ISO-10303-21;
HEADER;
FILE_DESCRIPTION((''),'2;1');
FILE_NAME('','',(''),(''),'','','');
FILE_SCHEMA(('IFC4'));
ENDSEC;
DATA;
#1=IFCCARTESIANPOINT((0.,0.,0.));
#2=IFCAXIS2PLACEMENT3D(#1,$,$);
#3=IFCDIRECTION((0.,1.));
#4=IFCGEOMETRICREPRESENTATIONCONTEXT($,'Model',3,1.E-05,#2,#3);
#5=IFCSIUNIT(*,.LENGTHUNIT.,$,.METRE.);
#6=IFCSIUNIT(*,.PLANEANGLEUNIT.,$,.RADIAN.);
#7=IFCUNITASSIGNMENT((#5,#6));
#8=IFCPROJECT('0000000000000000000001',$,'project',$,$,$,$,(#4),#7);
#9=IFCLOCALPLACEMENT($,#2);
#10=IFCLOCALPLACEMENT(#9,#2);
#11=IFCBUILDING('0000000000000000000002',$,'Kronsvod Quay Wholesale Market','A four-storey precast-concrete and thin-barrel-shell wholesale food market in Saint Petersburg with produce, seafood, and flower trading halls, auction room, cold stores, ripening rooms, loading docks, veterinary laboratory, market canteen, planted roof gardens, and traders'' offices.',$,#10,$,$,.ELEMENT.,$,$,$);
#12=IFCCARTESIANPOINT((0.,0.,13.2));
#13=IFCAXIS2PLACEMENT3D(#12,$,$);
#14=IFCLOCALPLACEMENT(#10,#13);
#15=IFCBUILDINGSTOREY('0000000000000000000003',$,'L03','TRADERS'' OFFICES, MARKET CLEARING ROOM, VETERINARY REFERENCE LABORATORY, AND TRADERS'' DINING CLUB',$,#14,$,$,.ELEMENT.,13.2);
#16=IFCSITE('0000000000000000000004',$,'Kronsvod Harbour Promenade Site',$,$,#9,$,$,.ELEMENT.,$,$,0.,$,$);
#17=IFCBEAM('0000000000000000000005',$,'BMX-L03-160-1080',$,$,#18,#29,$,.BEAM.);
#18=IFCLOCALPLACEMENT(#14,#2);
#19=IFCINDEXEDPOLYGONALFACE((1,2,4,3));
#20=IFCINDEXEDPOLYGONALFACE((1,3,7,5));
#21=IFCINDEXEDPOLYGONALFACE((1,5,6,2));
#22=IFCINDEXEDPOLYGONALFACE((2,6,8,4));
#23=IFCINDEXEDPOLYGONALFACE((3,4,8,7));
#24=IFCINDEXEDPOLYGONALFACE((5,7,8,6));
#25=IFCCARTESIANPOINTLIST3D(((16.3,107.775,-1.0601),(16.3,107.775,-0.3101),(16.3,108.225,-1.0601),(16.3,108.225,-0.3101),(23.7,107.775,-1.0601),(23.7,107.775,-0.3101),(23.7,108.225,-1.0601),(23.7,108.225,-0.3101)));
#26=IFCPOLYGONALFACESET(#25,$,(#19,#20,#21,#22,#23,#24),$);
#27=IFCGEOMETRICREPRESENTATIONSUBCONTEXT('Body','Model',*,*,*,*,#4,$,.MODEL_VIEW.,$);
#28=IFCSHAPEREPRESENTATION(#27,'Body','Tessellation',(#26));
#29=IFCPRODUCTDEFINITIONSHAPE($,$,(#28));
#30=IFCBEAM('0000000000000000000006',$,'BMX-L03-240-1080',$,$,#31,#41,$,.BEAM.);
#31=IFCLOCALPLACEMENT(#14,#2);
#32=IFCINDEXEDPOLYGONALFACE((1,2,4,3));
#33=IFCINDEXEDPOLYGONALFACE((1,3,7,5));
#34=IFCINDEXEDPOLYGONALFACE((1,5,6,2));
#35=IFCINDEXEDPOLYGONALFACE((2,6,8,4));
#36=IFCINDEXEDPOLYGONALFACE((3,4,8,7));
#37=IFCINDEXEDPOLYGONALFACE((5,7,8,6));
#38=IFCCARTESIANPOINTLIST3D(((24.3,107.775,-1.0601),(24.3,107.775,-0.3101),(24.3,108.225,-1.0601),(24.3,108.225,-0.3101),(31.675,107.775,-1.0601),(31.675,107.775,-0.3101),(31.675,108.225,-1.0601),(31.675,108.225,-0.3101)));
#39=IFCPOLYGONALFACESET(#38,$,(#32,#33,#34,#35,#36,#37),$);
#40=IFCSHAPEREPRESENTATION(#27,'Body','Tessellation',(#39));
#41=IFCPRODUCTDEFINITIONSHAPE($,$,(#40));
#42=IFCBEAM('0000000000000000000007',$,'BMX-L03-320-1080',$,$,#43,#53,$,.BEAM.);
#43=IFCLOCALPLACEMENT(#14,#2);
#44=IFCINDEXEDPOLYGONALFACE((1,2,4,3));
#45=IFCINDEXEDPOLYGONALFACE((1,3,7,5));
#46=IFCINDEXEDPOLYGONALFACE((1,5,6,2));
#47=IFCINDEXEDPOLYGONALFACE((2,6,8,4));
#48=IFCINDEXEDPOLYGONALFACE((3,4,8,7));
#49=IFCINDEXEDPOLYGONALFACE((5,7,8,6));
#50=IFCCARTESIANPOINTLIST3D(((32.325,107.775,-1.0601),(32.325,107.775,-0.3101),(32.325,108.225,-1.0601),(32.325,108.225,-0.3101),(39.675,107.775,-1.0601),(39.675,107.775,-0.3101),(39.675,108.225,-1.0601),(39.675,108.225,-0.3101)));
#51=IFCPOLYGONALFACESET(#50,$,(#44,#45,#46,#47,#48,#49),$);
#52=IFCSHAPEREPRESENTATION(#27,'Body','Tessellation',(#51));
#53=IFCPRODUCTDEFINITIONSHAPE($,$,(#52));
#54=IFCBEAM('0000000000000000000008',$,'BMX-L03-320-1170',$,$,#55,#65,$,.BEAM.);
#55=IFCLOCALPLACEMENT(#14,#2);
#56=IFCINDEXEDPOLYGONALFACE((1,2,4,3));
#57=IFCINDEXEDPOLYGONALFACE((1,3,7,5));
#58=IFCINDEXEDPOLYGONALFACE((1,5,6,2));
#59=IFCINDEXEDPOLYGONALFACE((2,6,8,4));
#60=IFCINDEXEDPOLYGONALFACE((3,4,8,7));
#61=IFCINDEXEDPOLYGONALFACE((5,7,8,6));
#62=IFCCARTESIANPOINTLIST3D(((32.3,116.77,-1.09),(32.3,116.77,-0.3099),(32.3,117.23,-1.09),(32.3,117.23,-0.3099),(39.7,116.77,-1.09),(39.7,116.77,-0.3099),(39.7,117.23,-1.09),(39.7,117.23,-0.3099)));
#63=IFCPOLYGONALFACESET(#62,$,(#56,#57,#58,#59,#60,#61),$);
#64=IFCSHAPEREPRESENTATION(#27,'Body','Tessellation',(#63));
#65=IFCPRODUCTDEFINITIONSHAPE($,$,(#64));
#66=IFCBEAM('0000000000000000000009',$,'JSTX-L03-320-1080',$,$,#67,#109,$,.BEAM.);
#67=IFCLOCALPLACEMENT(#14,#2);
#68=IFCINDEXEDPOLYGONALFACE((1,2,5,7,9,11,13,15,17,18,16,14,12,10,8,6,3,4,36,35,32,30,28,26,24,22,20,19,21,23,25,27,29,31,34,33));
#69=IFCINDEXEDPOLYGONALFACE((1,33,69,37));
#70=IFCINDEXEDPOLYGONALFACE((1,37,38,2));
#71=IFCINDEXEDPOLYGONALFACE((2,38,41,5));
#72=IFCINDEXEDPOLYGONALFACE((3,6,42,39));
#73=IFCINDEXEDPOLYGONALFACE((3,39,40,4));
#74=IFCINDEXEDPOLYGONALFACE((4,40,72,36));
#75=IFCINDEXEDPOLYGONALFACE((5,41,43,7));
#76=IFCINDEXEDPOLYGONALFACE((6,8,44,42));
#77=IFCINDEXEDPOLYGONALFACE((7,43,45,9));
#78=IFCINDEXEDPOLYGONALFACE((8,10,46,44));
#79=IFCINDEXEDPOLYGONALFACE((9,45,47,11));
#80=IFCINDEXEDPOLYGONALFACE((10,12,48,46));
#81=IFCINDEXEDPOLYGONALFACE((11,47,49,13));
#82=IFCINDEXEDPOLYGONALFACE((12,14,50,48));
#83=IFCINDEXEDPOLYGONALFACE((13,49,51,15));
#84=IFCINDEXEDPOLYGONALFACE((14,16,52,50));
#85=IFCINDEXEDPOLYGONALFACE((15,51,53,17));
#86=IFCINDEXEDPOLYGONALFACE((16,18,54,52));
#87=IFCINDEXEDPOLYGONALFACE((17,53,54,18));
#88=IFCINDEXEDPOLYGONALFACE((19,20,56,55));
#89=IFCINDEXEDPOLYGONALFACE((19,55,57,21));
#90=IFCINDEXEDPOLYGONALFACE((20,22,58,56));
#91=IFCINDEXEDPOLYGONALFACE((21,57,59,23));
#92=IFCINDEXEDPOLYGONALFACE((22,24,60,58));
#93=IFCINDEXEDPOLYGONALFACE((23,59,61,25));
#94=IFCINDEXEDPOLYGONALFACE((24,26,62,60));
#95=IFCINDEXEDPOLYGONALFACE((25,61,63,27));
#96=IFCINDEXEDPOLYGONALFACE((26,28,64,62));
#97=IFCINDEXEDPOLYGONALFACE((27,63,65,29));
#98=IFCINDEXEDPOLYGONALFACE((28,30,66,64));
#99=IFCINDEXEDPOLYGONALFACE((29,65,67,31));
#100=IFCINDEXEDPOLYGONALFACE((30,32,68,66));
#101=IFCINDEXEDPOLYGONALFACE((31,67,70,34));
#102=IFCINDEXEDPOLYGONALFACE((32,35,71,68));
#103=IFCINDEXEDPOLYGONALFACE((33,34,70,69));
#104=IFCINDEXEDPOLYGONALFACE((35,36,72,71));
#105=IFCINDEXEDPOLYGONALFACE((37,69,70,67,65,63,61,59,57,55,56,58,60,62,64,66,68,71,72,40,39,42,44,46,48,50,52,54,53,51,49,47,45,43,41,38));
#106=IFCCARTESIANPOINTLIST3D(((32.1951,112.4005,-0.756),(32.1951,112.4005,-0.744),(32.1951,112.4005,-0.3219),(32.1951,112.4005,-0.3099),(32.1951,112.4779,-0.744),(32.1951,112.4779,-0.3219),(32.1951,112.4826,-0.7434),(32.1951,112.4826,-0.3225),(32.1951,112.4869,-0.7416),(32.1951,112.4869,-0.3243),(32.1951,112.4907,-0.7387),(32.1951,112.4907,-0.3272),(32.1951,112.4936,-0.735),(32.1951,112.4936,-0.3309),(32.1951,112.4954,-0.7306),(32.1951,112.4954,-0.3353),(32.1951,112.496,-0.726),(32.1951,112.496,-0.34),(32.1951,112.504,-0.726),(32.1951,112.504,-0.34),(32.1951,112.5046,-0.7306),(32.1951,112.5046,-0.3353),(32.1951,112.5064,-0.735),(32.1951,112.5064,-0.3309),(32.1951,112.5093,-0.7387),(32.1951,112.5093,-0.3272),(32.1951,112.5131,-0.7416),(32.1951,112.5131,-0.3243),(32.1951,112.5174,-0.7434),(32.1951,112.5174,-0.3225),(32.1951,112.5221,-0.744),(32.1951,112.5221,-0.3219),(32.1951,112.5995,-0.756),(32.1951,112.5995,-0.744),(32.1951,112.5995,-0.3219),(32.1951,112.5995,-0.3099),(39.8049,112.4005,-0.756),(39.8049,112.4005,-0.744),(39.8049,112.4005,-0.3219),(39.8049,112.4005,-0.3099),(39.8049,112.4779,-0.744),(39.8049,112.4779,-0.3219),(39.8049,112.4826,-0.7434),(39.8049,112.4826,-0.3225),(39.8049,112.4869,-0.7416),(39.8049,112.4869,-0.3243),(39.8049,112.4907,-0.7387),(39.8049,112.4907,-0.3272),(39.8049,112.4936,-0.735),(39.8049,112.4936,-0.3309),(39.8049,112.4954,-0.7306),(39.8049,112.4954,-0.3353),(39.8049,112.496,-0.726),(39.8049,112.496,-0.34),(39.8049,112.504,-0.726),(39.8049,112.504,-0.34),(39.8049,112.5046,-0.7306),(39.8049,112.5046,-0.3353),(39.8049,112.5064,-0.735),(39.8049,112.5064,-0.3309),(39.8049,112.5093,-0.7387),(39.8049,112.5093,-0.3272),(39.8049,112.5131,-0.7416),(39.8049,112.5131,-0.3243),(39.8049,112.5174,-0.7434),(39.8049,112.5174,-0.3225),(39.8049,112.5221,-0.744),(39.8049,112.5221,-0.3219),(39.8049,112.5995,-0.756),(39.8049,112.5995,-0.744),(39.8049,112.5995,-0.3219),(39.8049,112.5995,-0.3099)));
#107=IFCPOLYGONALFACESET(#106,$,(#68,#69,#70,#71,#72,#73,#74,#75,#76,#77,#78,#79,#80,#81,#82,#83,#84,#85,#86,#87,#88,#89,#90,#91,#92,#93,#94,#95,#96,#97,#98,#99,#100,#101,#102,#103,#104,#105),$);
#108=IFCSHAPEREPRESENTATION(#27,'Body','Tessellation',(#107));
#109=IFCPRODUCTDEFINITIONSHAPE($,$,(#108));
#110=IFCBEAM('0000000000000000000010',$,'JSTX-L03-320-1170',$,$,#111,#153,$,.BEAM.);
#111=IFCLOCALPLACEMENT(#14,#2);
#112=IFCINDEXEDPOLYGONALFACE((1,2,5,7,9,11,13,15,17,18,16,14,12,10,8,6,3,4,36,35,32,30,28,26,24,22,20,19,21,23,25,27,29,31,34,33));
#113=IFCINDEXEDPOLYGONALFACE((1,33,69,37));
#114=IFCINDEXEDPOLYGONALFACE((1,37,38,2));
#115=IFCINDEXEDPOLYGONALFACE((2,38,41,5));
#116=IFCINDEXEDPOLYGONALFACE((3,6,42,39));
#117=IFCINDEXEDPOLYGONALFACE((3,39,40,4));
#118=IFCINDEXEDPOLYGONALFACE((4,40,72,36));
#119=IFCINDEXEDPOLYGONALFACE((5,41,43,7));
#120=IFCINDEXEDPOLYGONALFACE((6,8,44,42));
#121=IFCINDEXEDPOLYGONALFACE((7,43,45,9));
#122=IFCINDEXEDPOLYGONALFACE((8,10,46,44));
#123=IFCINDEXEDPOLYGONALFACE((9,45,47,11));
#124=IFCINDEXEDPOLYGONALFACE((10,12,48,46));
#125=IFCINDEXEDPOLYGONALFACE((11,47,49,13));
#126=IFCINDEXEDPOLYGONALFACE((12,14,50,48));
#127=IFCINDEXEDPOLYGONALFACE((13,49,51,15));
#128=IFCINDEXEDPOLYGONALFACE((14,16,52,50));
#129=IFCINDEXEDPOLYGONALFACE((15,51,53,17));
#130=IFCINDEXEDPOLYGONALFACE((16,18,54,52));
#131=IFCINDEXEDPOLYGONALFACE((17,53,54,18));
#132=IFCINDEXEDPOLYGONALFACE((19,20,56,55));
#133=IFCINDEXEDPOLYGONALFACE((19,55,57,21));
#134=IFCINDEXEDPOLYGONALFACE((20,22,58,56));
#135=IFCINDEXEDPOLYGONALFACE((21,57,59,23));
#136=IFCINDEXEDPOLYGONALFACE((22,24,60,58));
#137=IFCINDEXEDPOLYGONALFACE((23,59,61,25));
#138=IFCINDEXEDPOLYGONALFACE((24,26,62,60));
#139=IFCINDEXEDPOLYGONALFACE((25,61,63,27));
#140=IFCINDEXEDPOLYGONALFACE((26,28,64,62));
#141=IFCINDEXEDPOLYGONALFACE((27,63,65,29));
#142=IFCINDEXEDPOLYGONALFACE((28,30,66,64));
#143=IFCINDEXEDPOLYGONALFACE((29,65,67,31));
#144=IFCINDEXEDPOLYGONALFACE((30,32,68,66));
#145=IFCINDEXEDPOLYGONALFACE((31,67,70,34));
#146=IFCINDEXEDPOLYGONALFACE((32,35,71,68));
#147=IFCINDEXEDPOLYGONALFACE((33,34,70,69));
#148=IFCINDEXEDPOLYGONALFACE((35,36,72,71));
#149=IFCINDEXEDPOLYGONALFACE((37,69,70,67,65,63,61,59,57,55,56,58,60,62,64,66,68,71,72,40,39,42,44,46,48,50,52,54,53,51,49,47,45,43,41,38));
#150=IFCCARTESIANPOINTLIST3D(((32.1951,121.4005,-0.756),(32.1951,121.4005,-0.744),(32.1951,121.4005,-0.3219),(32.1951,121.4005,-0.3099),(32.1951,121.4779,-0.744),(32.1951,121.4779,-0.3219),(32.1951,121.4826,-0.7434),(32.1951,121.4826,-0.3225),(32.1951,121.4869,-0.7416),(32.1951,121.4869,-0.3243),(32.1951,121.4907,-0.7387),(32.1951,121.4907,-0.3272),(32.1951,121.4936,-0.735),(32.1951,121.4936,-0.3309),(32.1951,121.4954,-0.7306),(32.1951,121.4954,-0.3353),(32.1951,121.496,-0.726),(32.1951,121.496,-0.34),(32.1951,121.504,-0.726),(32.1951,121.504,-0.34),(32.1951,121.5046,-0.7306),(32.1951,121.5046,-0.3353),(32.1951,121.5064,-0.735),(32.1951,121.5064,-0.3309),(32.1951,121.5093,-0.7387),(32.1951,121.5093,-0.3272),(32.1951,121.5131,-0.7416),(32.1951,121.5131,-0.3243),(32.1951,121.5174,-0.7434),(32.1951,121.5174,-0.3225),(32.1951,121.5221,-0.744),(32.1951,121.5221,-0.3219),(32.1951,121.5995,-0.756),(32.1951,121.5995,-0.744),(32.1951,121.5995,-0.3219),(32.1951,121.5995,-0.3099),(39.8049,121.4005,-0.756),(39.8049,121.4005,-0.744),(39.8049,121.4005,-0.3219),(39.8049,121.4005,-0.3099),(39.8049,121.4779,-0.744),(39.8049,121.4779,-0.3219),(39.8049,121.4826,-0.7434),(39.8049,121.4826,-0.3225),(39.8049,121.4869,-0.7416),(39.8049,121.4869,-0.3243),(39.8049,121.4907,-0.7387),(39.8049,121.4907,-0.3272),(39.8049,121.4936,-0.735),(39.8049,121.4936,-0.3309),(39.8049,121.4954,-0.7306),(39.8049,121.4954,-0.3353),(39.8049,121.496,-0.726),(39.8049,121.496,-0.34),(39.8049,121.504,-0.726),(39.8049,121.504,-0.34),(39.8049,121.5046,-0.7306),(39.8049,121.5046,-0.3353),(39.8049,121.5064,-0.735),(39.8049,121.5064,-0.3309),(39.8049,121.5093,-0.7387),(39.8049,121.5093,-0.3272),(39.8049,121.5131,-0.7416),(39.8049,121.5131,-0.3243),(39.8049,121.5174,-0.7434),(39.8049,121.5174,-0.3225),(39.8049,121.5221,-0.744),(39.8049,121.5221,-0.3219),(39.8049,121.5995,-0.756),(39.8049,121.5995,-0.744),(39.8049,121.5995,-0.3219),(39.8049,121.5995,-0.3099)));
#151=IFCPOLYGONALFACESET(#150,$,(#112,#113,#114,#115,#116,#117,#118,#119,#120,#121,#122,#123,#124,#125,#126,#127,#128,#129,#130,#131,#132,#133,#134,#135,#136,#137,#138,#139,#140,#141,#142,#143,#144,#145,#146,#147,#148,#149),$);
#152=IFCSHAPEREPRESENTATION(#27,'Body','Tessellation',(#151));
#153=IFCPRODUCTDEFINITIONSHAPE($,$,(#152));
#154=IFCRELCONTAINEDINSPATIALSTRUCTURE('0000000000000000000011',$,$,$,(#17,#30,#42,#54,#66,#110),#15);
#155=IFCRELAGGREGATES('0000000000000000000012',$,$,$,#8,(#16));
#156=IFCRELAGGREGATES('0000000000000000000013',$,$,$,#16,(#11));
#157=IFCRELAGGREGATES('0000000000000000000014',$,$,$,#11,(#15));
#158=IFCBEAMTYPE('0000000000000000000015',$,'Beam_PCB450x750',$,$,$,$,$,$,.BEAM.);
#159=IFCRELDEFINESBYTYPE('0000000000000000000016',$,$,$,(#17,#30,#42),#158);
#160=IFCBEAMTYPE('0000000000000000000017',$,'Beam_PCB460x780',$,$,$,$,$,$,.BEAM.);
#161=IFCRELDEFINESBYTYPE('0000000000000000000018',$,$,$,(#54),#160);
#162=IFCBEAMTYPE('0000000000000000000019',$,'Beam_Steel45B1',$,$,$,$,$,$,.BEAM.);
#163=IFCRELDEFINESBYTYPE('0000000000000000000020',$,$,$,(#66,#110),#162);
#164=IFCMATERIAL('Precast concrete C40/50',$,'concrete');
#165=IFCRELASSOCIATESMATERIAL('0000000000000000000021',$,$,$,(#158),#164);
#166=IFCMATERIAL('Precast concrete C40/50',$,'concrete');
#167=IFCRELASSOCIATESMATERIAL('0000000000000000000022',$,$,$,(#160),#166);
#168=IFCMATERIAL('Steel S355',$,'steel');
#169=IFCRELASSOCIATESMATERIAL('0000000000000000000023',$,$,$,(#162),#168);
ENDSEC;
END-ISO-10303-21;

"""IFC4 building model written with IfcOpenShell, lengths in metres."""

from ifc_helpers import new_model, si_unit, direction, frame, origin, origin_2d, place, context, subcontext, project, spatial, rectangle, i_section, extrude, material, material_profile, profile_set, type_object, element, save


model = new_model("IFC4")

# Units and contexts
model_context = context("Model", 3, precision=1e-05, world=origin(), true_north=direction((0.0, 1.0)))
body_context = subcontext(model_context, "Body", "Model", "MODEL_VIEW")
ifc_project = project(units=[si_unit("LENGTHUNIT", "METRE"), si_unit("PLANEANGLEUNIT", "RADIAN")], contexts=[model_context])

# Site, building, storey
site_placement = place(None, origin())
site = spatial("IfcSite", under=ifc_project, at=site_placement, Name="Kronsvod Harbour Promenade Site", CompositionType="ELEMENT", RefElevation=0.0)
building_placement = place(site_placement, origin())
building = spatial("IfcBuilding", under=site, at=building_placement, Name="Kronsvod Quay Wholesale Market", Description="A four-storey precast-concrete and thin-barrel-shell wholesale food market in Saint Petersburg with produce, seafood, and flower trading halls, auction room, cold stores, ripening rooms, loading docks, veterinary laboratory, market canteen, planted roof gardens, and traders' offices.", CompositionType="ELEMENT")
storey_placement = place(building_placement, frame((0.0, 0.0, 13.2)))
storey = spatial("IfcBuildingStorey", under=building, at=storey_placement, Name="L03", Description="TRADERS' OFFICES, MARKET CLEARING ROOM, VETERINARY REFERENCE LABORATORY, AND TRADERS' DINING CLUB", CompositionType="ELEMENT", Elevation=13.2)

# Beams
ifc_material_1 = material(Name="Precast concrete C40/50", Category="concrete")
ifc_material_profile_1 = material_profile(ifc_material_1, rectangle(XDim=0.45, YDim=0.75, at=origin_2d()), Name="PCB450x750")
ifc_profile_set_1 = profile_set([ifc_material_profile_1], Name="Precast concrete C40/50")
beam_type_1 = type_object("IfcBeamType", Name="Beam_PCB450x750", PredefinedType="BEAM", material=ifc_profile_set_1)
for number, where, z_axis, x_axis, name in (
    (1, (16.3, 108.0, -0.6851), (1.0, 0.0, 0.0), (0.0, 1.0, 0.0), "BMX-L03-160-1080"),
):
    element("IfcBeam", number, at=place(storey_placement, frame(where, z_axis=z_axis, x_axis=x_axis)), inside=storey, type_object=beam_type_1, Name=name, PredefinedType="BEAM", context=body_context, shape_type="SweptSolid", body=[
        extrude(rectangle(XDim=0.45, YDim=0.75, at=origin_2d()), origin(), (0.0, 0.0, 1.0), 7.3999),
    ])
beam_1_placement = place(storey_placement, frame((24.3, 108.0, -0.6851), z_axis=(1.0, 0.0, 0.0), x_axis=(0.0, 1.0, 0.0)))
element("IfcBeam", 2, at=beam_1_placement, inside=storey, type_object=beam_type_1, Name="BMX-L03-240-1080", PredefinedType="BEAM", context=body_context, shape_type="SweptSolid", body=[
    extrude(rectangle(XDim=0.45, YDim=0.75, at=origin_2d()), origin(), (0.0, 0.0, 1.0), 7.375),
])
beam_2_placement = place(storey_placement, frame((32.325, 108.0, -0.6851), z_axis=(1.0, 0.0, 0.0), x_axis=(0.0, 1.0, 0.0)))
element("IfcBeam", 3, at=beam_2_placement, inside=storey, type_object=beam_type_1, Name="BMX-L03-320-1080", PredefinedType="BEAM", context=body_context, shape_type="SweptSolid", body=[
    extrude(rectangle(XDim=0.45, YDim=0.75, at=origin_2d()), origin(), (0.0, 0.0, 1.0), 7.3501),
])
ifc_material_2 = material(Name="Precast concrete C40/50", Category="concrete")
ifc_material_profile_2 = material_profile(ifc_material_2, rectangle(XDim=0.46, YDim=0.78, at=origin_2d()), Name="PB-03")
ifc_profile_set_2 = profile_set([ifc_material_profile_2], Name="Precast concrete C40/50")
beam_type_2 = type_object("IfcBeamType", Name="Beam_PCB460x780", PredefinedType="BEAM", material=ifc_profile_set_2)
beam_3_placement = place(storey_placement, frame((32.3, 117.0, -0.7), z_axis=(1.0, 0.0, 0.0), x_axis=(0.0, 1.0, 0.0)))
element("IfcBeam", 4, at=beam_3_placement, inside=storey, type_object=beam_type_2, Name="BMX-L03-320-1170", PredefinedType="BEAM", context=body_context, shape_type="SweptSolid", body=[
    extrude(rectangle(XDim=0.46, YDim=0.78, at=origin_2d()), origin(), (0.0, 0.0, 1.0), 7.3999),
])
ifc_material_3 = material(Name="Steel S355", Category="steel")
ifc_material_profile_3 = material_profile(ifc_material_3, i_section(OverallWidth=0.199, OverallDepth=0.446, WebThickness=0.0081, FlangeThickness=0.012, FilletRadius=0.0181, at=origin_2d()), Name="45B1")
ifc_profile_set_3 = profile_set([ifc_material_profile_3], Name="Steel S355")
beam_type_3 = type_object("IfcBeamType", Name="Beam_Steel45B1", PredefinedType="BEAM", material=ifc_profile_set_3)
for number, where, z_axis, x_axis, name in (
    (5, (32.1951, 112.5, -0.533), (1.0, 0.0, 0.0), (0.0, 1.0, 0.0), "JSTX-L03-320-1080"),
    (6, (32.1951, 121.5, -0.533), (1.0, 0.0, 0.0), (0.0, 1.0, 0.0), "JSTX-L03-320-1170"),
):
    element("IfcBeam", number, at=place(storey_placement, frame(where, z_axis=z_axis, x_axis=x_axis)), inside=storey, type_object=beam_type_3, Name=name, PredefinedType="BEAM", context=body_context, shape_type="SweptSolid", body=[
        extrude(i_section(OverallWidth=0.199, OverallDepth=0.446, WebThickness=0.0081, FlangeThickness=0.012, FilletRadius=0.0181, at=origin_2d()), origin(), (0.0, 0.0, 1.0), 7.6099),
    ])

save(model, "model.ifc")
